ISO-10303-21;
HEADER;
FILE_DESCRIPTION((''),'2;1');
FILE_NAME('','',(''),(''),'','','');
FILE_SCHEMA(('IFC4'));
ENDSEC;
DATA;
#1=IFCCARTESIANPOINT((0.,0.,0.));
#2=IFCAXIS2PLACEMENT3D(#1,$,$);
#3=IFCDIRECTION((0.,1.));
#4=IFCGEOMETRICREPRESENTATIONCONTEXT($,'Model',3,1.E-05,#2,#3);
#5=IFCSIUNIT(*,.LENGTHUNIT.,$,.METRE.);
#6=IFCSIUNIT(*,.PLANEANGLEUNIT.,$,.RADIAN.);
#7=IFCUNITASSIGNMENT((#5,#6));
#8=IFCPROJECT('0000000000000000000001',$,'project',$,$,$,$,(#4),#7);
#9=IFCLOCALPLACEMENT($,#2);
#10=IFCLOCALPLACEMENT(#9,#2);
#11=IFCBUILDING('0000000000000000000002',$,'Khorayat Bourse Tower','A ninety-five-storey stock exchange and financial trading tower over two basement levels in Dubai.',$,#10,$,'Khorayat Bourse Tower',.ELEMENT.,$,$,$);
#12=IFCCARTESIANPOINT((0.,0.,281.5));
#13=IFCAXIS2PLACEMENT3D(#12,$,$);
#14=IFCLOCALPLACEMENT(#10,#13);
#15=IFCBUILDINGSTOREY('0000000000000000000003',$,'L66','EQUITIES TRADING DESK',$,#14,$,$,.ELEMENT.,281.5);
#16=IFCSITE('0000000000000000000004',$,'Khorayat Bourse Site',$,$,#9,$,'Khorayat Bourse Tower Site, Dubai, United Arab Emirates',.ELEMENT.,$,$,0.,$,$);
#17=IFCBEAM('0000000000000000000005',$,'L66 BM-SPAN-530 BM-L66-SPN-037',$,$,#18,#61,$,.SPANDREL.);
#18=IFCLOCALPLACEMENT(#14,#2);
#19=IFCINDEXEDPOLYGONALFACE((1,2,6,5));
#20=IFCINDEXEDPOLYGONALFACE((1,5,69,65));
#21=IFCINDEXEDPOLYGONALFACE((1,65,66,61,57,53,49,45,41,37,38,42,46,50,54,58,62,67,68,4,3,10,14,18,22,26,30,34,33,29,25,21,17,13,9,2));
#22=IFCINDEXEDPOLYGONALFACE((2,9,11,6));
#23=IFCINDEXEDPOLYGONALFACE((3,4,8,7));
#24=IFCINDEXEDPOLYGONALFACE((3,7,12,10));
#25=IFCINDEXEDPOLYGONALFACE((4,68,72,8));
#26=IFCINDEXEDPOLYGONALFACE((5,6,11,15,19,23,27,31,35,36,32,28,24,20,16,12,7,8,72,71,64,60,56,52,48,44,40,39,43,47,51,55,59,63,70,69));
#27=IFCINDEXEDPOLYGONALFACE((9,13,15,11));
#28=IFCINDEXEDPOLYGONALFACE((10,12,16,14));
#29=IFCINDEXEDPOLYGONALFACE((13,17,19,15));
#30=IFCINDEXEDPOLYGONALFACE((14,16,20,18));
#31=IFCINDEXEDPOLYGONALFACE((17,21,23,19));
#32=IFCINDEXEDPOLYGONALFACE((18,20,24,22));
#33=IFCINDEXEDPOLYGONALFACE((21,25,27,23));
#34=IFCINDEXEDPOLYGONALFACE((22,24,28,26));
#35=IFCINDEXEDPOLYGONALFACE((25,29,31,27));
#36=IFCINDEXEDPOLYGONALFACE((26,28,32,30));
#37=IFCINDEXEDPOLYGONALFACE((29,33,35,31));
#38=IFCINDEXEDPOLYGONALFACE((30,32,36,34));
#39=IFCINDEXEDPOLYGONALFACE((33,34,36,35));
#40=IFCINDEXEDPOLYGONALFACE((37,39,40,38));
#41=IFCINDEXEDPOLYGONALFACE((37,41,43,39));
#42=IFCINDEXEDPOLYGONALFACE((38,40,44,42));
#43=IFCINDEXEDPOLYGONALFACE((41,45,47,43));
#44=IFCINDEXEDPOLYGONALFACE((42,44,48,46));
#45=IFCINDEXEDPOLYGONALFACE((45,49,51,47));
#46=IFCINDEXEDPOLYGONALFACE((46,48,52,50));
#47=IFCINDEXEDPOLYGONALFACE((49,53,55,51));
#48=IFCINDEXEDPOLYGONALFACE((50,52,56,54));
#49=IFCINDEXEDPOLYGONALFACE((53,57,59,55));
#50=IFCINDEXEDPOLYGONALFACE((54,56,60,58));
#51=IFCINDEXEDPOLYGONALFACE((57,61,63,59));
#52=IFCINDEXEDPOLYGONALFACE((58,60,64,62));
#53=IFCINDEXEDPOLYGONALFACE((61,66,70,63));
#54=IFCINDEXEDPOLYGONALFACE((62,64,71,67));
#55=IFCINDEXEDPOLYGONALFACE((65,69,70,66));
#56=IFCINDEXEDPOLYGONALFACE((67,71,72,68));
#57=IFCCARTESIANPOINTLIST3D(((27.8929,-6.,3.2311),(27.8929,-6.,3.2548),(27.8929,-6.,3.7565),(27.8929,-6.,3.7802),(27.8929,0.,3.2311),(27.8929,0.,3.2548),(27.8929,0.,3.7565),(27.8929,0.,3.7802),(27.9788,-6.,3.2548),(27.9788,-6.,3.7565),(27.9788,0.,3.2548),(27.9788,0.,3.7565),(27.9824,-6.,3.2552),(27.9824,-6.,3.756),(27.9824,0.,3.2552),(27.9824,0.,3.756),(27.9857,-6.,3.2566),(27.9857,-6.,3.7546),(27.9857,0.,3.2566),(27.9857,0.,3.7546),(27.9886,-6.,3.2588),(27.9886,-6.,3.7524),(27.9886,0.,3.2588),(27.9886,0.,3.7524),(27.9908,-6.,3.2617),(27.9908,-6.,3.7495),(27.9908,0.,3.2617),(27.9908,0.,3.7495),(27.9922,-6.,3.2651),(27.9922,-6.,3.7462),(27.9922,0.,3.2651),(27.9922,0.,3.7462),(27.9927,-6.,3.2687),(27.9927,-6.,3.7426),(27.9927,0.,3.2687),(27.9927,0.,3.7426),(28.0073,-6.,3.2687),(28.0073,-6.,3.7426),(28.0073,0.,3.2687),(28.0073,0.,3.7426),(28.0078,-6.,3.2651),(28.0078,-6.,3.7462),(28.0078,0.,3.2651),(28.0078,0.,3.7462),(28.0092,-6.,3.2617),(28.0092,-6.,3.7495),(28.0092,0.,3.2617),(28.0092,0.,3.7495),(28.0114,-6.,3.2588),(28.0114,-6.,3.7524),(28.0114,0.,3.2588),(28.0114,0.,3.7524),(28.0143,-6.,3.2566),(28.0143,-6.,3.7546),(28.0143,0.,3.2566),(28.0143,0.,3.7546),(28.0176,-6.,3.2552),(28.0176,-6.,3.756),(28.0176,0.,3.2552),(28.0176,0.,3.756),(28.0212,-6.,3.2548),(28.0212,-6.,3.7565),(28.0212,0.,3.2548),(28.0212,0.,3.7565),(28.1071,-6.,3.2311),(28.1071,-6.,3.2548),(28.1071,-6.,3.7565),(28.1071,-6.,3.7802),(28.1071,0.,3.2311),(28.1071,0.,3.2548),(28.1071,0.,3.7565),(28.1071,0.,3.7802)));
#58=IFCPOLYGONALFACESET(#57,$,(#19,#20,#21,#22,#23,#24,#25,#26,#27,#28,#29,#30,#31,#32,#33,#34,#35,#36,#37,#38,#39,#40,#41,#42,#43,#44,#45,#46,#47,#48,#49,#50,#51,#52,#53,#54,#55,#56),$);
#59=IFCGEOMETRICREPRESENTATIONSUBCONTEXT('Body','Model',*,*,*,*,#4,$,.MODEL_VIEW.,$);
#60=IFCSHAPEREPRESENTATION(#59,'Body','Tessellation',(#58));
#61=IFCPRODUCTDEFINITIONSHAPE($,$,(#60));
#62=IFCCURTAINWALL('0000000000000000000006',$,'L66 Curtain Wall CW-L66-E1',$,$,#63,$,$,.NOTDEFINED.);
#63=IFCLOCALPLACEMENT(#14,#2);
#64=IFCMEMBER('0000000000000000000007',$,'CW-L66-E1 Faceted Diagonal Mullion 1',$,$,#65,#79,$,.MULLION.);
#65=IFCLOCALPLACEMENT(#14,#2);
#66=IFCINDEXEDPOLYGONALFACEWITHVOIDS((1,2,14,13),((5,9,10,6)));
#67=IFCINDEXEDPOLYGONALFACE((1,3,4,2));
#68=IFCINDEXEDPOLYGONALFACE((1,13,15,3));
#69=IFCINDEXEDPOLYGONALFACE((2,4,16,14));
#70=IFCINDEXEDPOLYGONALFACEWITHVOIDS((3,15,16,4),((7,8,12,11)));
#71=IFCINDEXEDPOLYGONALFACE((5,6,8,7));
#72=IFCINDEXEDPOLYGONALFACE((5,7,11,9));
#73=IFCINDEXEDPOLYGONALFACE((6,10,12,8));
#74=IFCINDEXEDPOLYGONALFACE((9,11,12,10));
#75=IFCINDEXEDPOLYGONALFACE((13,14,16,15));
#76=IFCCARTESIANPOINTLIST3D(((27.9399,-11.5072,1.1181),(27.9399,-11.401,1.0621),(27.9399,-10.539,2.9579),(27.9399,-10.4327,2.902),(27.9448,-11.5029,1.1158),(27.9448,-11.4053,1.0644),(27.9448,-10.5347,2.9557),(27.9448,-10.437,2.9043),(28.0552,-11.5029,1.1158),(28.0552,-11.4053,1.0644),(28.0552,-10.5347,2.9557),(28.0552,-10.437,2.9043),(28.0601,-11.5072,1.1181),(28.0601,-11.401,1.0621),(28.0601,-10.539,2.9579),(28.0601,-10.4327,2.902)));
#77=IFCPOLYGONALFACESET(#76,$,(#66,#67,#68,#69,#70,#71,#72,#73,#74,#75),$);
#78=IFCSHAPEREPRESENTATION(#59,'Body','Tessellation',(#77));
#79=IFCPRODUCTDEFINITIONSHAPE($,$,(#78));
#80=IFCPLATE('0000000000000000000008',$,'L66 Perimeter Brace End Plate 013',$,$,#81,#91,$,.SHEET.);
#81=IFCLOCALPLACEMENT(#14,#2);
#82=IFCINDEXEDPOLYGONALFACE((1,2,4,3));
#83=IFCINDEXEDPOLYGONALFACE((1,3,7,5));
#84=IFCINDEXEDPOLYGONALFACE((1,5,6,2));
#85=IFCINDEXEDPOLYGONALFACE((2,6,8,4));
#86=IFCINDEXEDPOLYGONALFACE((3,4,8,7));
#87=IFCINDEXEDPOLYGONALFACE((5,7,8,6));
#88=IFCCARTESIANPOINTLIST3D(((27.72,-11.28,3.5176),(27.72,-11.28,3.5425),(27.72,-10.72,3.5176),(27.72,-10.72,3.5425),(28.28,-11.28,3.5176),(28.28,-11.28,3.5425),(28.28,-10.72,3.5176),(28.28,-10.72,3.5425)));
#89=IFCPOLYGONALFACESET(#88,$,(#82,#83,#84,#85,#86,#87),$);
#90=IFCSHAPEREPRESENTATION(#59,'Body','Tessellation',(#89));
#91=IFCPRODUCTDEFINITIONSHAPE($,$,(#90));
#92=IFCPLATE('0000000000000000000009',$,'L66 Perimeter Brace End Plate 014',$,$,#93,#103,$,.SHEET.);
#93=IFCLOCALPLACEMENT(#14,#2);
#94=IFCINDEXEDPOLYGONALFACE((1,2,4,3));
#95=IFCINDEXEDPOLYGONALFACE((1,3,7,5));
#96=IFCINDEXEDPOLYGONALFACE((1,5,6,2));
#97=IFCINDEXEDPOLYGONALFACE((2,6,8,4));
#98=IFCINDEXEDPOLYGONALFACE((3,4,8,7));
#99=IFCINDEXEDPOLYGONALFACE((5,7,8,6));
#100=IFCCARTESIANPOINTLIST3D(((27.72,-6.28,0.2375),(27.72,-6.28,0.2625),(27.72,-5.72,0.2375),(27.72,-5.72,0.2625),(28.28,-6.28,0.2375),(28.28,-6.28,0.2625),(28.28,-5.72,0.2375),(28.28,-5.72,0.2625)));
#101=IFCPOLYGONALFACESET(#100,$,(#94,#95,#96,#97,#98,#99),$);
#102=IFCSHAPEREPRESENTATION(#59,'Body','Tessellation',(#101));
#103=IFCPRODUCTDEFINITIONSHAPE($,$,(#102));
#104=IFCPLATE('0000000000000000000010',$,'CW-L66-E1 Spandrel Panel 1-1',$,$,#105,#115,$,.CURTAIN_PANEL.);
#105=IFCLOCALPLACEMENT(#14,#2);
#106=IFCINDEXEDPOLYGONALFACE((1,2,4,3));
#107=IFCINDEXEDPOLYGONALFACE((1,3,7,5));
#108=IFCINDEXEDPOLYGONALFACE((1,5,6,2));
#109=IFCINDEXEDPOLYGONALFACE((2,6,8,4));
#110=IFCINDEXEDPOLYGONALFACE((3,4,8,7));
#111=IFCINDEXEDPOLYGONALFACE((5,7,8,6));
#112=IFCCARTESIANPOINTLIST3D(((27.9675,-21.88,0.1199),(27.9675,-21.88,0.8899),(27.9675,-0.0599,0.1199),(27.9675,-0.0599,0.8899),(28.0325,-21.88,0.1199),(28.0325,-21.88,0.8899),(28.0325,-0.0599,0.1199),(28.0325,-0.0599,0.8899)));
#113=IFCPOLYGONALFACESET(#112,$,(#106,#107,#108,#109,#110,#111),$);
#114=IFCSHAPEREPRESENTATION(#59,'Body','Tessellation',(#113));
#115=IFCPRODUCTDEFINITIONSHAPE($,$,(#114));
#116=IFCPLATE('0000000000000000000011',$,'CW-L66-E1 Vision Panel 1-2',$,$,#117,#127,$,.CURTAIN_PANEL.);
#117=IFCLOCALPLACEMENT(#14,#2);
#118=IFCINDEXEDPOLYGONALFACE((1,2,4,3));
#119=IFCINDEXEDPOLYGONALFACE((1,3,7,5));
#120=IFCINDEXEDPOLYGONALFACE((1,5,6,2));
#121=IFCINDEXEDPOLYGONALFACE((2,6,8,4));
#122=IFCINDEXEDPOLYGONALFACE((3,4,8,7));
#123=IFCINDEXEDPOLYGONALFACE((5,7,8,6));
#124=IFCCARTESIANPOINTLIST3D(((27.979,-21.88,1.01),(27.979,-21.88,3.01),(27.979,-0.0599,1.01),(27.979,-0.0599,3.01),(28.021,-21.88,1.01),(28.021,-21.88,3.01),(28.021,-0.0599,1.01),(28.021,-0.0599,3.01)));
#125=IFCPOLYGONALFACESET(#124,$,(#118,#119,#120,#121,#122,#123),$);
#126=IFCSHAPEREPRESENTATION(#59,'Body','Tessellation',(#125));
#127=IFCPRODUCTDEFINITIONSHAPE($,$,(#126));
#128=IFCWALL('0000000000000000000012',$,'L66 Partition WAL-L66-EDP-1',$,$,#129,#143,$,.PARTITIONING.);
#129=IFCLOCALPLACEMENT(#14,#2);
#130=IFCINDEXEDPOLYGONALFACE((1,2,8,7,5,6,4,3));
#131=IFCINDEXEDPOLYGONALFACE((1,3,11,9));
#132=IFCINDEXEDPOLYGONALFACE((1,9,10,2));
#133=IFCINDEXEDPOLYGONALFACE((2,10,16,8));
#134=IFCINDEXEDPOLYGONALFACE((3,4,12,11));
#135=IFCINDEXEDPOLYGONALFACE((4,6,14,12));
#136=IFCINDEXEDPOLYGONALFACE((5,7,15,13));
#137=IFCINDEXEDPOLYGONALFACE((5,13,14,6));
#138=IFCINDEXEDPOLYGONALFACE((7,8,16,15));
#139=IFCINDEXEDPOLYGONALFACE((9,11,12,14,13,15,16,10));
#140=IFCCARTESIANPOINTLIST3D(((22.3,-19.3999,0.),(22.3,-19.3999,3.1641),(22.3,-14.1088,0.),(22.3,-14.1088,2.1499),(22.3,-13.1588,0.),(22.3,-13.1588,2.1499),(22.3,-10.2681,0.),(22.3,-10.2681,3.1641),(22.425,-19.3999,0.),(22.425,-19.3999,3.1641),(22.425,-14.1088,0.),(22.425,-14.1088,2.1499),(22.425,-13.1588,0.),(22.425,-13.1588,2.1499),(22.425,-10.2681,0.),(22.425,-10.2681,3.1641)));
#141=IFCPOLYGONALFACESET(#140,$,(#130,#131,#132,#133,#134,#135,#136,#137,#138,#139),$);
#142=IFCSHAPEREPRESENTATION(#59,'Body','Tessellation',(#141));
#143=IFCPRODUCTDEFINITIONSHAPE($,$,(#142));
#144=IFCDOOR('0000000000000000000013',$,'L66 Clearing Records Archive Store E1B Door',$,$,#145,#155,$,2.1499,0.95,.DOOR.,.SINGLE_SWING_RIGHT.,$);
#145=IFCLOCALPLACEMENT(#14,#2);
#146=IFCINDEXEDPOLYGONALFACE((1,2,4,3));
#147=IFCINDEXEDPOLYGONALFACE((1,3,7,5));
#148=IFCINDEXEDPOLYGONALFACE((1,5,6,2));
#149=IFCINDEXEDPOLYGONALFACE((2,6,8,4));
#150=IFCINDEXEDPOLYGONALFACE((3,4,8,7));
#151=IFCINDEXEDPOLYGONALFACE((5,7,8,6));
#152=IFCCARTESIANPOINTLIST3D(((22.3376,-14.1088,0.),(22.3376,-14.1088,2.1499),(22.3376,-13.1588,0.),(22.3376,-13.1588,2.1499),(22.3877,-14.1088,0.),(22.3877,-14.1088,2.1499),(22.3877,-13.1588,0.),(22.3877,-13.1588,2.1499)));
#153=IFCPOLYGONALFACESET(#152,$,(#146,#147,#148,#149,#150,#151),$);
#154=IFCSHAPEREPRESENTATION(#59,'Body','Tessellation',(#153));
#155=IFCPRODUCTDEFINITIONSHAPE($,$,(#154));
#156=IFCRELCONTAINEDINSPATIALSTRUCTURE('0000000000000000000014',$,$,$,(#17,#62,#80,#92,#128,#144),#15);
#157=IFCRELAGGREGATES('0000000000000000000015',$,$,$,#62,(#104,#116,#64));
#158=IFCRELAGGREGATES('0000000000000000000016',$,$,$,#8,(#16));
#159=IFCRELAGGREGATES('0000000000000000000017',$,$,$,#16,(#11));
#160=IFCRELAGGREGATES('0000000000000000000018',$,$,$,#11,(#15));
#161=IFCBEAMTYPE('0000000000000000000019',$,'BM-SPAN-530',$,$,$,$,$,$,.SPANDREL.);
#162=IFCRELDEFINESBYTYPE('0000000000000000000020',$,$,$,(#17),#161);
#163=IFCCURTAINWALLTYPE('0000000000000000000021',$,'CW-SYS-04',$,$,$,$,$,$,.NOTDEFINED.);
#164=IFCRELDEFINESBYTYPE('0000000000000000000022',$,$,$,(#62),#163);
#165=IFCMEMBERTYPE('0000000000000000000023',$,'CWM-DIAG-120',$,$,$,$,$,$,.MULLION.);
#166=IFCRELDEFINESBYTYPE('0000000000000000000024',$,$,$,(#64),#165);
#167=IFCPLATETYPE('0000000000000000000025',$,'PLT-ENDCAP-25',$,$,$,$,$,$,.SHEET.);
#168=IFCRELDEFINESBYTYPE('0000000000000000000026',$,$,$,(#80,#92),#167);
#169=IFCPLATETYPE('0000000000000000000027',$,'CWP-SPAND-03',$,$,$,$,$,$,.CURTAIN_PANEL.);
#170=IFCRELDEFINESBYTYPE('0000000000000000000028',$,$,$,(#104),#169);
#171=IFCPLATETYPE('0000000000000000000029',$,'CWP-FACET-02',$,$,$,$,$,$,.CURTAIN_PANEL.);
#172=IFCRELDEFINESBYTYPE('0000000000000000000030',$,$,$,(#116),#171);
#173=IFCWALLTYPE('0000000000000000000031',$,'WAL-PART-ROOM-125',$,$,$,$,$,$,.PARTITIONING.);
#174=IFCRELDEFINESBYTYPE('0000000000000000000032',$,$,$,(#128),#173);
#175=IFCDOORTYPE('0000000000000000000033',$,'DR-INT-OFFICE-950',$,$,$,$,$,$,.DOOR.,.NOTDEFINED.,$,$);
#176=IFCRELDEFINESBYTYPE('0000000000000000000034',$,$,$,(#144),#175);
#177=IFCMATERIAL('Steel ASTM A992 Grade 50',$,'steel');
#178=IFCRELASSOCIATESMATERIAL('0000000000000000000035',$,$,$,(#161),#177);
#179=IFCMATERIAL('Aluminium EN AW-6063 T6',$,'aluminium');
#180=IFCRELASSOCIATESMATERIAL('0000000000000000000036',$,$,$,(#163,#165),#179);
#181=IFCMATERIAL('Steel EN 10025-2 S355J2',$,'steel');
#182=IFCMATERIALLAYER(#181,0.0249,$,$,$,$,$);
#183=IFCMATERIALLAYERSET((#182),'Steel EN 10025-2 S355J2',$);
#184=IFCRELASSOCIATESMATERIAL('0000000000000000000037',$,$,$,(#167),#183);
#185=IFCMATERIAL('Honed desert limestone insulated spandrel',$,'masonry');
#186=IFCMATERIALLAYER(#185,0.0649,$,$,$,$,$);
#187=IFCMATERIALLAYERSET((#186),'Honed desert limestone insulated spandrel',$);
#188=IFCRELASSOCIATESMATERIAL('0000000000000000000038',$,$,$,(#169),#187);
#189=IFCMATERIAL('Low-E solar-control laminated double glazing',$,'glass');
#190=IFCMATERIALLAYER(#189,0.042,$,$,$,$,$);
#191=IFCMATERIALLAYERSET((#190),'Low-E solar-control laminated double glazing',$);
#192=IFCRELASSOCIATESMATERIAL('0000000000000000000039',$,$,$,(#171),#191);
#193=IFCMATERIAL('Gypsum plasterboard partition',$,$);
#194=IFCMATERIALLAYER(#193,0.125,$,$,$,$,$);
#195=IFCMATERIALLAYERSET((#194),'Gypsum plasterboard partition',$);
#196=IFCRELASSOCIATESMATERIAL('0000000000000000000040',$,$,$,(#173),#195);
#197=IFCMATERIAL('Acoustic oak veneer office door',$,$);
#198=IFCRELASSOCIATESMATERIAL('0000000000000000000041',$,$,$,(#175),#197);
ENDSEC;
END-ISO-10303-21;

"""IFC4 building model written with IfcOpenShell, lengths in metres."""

from ifc_helpers import new_model, si_unit, direction, frame, frame_2d, origin, origin_2d, place, context, subcontext, project, spatial, rectangle, hollow_rectangle, i_section, extrude, source, transform, mapped, material, layer, layer_set, material_profile, profile_set, type_object, element, fill, aggregate, save


model = new_model("IFC4")

# Units and contexts
model_context = context("Model", 3, precision=1e-05, world=origin(), true_north=direction((0.0, 1.0)))
body_context = subcontext(model_context, "Body", "Model", "MODEL_VIEW")
ifc_project = project(units=[si_unit("LENGTHUNIT", "METRE"), si_unit("PLANEANGLEUNIT", "RADIAN")], contexts=[model_context])

# Site, building, storey
site_placement = place(None, origin())
site = spatial("IfcSite", under=ifc_project, at=site_placement, Name="Khorayat Bourse Site", LongName="Khorayat Bourse Tower Site, Dubai, United Arab Emirates", CompositionType="ELEMENT", RefElevation=0.0)
building_placement = place(site_placement, origin())
building = spatial("IfcBuilding", under=site, at=building_placement, Name="Khorayat Bourse Tower", Description="A ninety-five-storey stock exchange and financial trading tower over two basement levels in Dubai.", LongName="Khorayat Bourse Tower", CompositionType="ELEMENT")
storey_placement = place(building_placement, frame((0.0, 0.0, 281.5)))
storey = spatial("IfcBuildingStorey", under=building, at=storey_placement, Name="L66", Description="EQUITIES TRADING DESK", CompositionType="ELEMENT", Elevation=281.5)

# Beam
ifc_material_1 = material(Name="Steel ASTM A992 Grade 50", Category="steel")
ifc_material_profile_1 = material_profile(ifc_material_1, i_section(OverallWidth=0.2141, OverallDepth=0.5491, WebThickness=0.0146, FlangeThickness=0.0237, FilletRadius=0.0139, at=origin_2d()), Name="W530X138")
ifc_profile_set_1 = profile_set([ifc_material_profile_1], Name="Steel ASTM A992 Grade 50")
beam_type = type_object("IfcBeamType", Name="BM-SPAN-530", PredefinedType="SPANDREL", material=ifc_profile_set_1)
shared_shape_1 = source(origin(), body_context, "Body", "SweptSolid", [
    extrude(i_section(OverallWidth=0.2141, OverallDepth=0.5491, WebThickness=0.0146, FlangeThickness=0.0237, FilletRadius=0.0139, at=origin_2d()), origin(), (0.0, 0.0, 1.0), 6.0),
])
beam_1_placement = place(storey_placement, frame((28.0, -6.0, 3.5056), z_axis=(0.0, 1.0, 0.0), x_axis=(-1.0, 0.0, 0.0)))
element("IfcBeam", 1, at=beam_1_placement, inside=storey, type_object=beam_type, Name="L66 BM-SPAN-530 BM-L66-SPN-037", PredefinedType="SPANDREL", context=body_context, shape_type="MappedRepresentation", body=[
    mapped(shared_shape_1, transform((0.0, 0.0, 0.0), scale=1.0)),
])

# Curtain wall, member
ifc_material_2 = material(Name="Aluminium EN AW-6063 T6", Category="aluminium")
curtain_wall_type = type_object("IfcCurtainWallType", Name="CW-SYS-04", PredefinedType="NOTDEFINED", material=ifc_material_2)
curtain_wall_placement = place(storey_placement, origin())
curtain_wall = element("IfcCurtainWall", 2, at=curtain_wall_placement, inside=storey, type_object=curtain_wall_type, Name="L66 Curtain Wall CW-L66-E1", PredefinedType="NOTDEFINED")
ifc_material_profile_2 = material_profile(ifc_material_2, hollow_rectangle(XDim=0.1201, YDim=0.1201, WallThickness=0.0049, at=origin_2d()), Name="ALU 120x120x5")
ifc_profile_set_2 = profile_set([ifc_material_profile_2], Name="Aluminium EN AW-6063 T6")
member_type_1 = type_object("IfcMemberType", Name="CWM-DIAG-120", PredefinedType="MULLION", material=ifc_profile_set_2)
shared_shape_2 = source(origin(), body_context, "Body", "SweptSolid", [
    extrude(hollow_rectangle(XDim=0.1201, YDim=0.1201, WallThickness=0.0049, at=origin_2d()), origin(), (0.0, 0.0, 1.0), 2.0791),
])
member_1_placement = place(storey_placement, frame((28.0, -11.4541, 1.0901), z_axis=(0.0, 0.465717, 0.884934), x_axis=(-1.0, 0.0, 0.0)))
member_1 = element("IfcMember", 3, at=member_1_placement, type_object=member_type_1, Name="CW-L66-E1 Faceted Diagonal Mullion 1", PredefinedType="MULLION", context=body_context, shape_type="MappedRepresentation", body=[
    mapped(shared_shape_2, transform((0.0, 0.0, 0.0), scale=1.0)),
])

# Plates
ifc_material_3 = material(Name="Steel EN 10025-2 S355J2", Category="steel")
ifc_layer_1 = layer(ifc_material_3, 0.0249)
ifc_layer_set_1 = layer_set([ifc_layer_1], Name="Steel EN 10025-2 S355J2")
plate_type_1 = type_object("IfcPlateType", Name="PLT-ENDCAP-25", PredefinedType="SHEET", material=ifc_layer_set_1)
shared_shape_3 = source(origin(), body_context, "Body", "SweptSolid", [
    extrude(rectangle(XDim=0.5601, YDim=0.5601, at=origin_2d()), origin(), (0.0, 0.0, 1.0), 0.0249),
])
for number, where, z_axis, x_axis, name in (
    (4, (28.0, -11.0, 3.5176), (0.0, 0.0, 1.0), (1.0, 0.0, 0.0), "L66 Perimeter Brace End Plate 013"),
    (5, (28.0, -6.0, 0.2375), (0.0, 0.0, 1.0), (1.0, 0.0, 0.0), "L66 Perimeter Brace End Plate 014"),
):
    element("IfcPlate", number, at=place(storey_placement, frame(where, z_axis=z_axis, x_axis=x_axis)), inside=storey, type_object=plate_type_1, Name=name, PredefinedType="SHEET", context=body_context, shape_type="MappedRepresentation", body=[
        mapped(shared_shape_3, transform((0.0, 0.0, 0.0), scale=1.0)),
    ])

# Plates
ifc_material_4 = material(Name="Honed desert limestone insulated spandrel", Category="masonry")
ifc_layer_2 = layer(ifc_material_4, 0.0649)
ifc_layer_set_2 = layer_set([ifc_layer_2], Name="Honed desert limestone insulated spandrel")
plate_type_2 = type_object("IfcPlateType", Name="CWP-SPAND-03", PredefinedType="CURTAIN_PANEL", material=ifc_layer_set_2)
shared_shape_4 = source(origin(), body_context, "Body", "SweptSolid", [
    extrude(rectangle(XDim=21.8201, YDim=0.0649, at=origin_2d()), origin(), (0.0, 0.0, 1.0), 0.77),
])
plate_1_placement = place(storey_placement, frame((28.0, -10.97, 0.1199), z_axis=(0.0, 0.0, 1.0), x_axis=(0.0, 1.0, 0.0)))
plate_1 = element("IfcPlate", 6, at=plate_1_placement, type_object=plate_type_2, Name="CW-L66-E1 Spandrel Panel 1-1", PredefinedType="CURTAIN_PANEL", context=body_context, shape_type="MappedRepresentation", body=[
    mapped(shared_shape_4, transform((0.0, 0.0, 0.0), scale=1.0)),
])
ifc_material_5 = material(Name="Low-E solar-control laminated double glazing", Category="glass")
ifc_layer_3 = layer(ifc_material_5, 0.042)
ifc_layer_set_3 = layer_set([ifc_layer_3], Name="Low-E solar-control laminated double glazing")
plate_type_3 = type_object("IfcPlateType", Name="CWP-FACET-02", PredefinedType="CURTAIN_PANEL", material=ifc_layer_set_3)
shared_shape_5 = source(origin(), body_context, "Body", "SweptSolid", [
    extrude(rectangle(XDim=21.8201, YDim=0.042, at=origin_2d()), origin(), (0.0, 0.0, 1.0), 2.0),
])
plate_2_placement = place(storey_placement, frame((28.0, -10.97, 1.01), z_axis=(0.0, 0.0, 1.0), x_axis=(0.0, 1.0, 0.0)))
plate_2 = element("IfcPlate", 7, at=plate_2_placement, type_object=plate_type_3, Name="CW-L66-E1 Vision Panel 1-2", PredefinedType="CURTAIN_PANEL", context=body_context, shape_type="MappedRepresentation", body=[
    mapped(shared_shape_5, transform((0.0, 0.0, 0.0), scale=1.0)),
])
aggregate(curtain_wall, [plate_1, plate_2, member_1])

# Wall, opening, door
ifc_material_6 = material(Name="Gypsum plasterboard partition")
ifc_layer_4 = layer(ifc_material_6, 0.125)
ifc_layer_set_4 = layer_set([ifc_layer_4], Name="Gypsum plasterboard partition")
wall_type = type_object("IfcWallType", Name="WAL-PART-ROOM-125", PredefinedType="PARTITIONING", material=ifc_layer_set_4)
shared_shape_6 = source(origin(), body_context, "Body", "SweptSolid", [
    extrude(rectangle(XDim=9.1318, YDim=0.125, at=frame_2d((4.5659, 0.0))), origin(), (0.0, 0.0, 1.0), 3.1641),
])
wall_1_placement = place(storey_placement, frame((22.3625, -19.3999, 0.0), z_axis=(0.0, 0.0, 1.0), x_axis=(0.0, 1.0, 0.0)))
wall_1 = element("IfcWall", 8, at=wall_1_placement, inside=storey, type_object=wall_type, Name="L66 Partition WAL-L66-EDP-1", PredefinedType="PARTITIONING", context=body_context, shape_type="MappedRepresentation", body=[
    mapped(shared_shape_6, transform((0.0, 0.0, 0.0), scale=1.0)),
])
shared_shape_7 = source(origin(), body_context, "Body", "SweptSolid", [
    extrude(rectangle(XDim=0.95, YDim=2.1499, at=frame_2d((0.4751, 1.075))), frame((0.0, 0.0725, 0.0), z_axis=(0.0, -1.0, 0.0), x_axis=(1.0, 0.0, 0.0)), (0.0, 0.0, 1.0), 0.145),
])
opening_1_placement = place(wall_1_placement, frame((5.291, 0.0, 0.0)))
opening_1 = element("IfcOpeningElement", 9, at=opening_1_placement, cuts=wall_1, PredefinedType="OPENING", context=body_context, shape_type="MappedRepresentation", body=[
    mapped(shared_shape_7, transform((0.0, 0.0, 0.0), scale=1.0)),
])
ifc_material_7 = material(Name="Acoustic oak veneer office door")
door_type = type_object("IfcDoorType", Name="DR-INT-OFFICE-950", OperationType="NOTDEFINED", PredefinedType="DOOR", material=ifc_material_7)
shared_shape_8 = source(origin(), body_context, "Body", "SweptSolid", [
    extrude(rectangle(XDim=0.95, YDim=2.1499, at=frame_2d((0.4751, 1.075))), frame((0.0, 0.0249, 0.0), z_axis=(0.0, -1.0, 0.0), x_axis=(1.0, 0.0, 0.0)), (0.0, 0.0, 1.0), 0.05),
])
door_1_placement = place(opening_1_placement, origin())
door_1 = element("IfcDoor", 10, at=door_1_placement, inside=storey, type_object=door_type, Name="L66 Clearing Records Archive Store E1B Door", OperationType="SINGLE_SWING_RIGHT", OverallHeight=2.1499, OverallWidth=0.95, PredefinedType="DOOR", context=body_context, shape_type="MappedRepresentation", body=[
    mapped(shared_shape_8, transform((0.0, 0.0, 0.0), scale=1.0)),
])
fill(opening_1, door_1)

save(model, "model.ifc")
